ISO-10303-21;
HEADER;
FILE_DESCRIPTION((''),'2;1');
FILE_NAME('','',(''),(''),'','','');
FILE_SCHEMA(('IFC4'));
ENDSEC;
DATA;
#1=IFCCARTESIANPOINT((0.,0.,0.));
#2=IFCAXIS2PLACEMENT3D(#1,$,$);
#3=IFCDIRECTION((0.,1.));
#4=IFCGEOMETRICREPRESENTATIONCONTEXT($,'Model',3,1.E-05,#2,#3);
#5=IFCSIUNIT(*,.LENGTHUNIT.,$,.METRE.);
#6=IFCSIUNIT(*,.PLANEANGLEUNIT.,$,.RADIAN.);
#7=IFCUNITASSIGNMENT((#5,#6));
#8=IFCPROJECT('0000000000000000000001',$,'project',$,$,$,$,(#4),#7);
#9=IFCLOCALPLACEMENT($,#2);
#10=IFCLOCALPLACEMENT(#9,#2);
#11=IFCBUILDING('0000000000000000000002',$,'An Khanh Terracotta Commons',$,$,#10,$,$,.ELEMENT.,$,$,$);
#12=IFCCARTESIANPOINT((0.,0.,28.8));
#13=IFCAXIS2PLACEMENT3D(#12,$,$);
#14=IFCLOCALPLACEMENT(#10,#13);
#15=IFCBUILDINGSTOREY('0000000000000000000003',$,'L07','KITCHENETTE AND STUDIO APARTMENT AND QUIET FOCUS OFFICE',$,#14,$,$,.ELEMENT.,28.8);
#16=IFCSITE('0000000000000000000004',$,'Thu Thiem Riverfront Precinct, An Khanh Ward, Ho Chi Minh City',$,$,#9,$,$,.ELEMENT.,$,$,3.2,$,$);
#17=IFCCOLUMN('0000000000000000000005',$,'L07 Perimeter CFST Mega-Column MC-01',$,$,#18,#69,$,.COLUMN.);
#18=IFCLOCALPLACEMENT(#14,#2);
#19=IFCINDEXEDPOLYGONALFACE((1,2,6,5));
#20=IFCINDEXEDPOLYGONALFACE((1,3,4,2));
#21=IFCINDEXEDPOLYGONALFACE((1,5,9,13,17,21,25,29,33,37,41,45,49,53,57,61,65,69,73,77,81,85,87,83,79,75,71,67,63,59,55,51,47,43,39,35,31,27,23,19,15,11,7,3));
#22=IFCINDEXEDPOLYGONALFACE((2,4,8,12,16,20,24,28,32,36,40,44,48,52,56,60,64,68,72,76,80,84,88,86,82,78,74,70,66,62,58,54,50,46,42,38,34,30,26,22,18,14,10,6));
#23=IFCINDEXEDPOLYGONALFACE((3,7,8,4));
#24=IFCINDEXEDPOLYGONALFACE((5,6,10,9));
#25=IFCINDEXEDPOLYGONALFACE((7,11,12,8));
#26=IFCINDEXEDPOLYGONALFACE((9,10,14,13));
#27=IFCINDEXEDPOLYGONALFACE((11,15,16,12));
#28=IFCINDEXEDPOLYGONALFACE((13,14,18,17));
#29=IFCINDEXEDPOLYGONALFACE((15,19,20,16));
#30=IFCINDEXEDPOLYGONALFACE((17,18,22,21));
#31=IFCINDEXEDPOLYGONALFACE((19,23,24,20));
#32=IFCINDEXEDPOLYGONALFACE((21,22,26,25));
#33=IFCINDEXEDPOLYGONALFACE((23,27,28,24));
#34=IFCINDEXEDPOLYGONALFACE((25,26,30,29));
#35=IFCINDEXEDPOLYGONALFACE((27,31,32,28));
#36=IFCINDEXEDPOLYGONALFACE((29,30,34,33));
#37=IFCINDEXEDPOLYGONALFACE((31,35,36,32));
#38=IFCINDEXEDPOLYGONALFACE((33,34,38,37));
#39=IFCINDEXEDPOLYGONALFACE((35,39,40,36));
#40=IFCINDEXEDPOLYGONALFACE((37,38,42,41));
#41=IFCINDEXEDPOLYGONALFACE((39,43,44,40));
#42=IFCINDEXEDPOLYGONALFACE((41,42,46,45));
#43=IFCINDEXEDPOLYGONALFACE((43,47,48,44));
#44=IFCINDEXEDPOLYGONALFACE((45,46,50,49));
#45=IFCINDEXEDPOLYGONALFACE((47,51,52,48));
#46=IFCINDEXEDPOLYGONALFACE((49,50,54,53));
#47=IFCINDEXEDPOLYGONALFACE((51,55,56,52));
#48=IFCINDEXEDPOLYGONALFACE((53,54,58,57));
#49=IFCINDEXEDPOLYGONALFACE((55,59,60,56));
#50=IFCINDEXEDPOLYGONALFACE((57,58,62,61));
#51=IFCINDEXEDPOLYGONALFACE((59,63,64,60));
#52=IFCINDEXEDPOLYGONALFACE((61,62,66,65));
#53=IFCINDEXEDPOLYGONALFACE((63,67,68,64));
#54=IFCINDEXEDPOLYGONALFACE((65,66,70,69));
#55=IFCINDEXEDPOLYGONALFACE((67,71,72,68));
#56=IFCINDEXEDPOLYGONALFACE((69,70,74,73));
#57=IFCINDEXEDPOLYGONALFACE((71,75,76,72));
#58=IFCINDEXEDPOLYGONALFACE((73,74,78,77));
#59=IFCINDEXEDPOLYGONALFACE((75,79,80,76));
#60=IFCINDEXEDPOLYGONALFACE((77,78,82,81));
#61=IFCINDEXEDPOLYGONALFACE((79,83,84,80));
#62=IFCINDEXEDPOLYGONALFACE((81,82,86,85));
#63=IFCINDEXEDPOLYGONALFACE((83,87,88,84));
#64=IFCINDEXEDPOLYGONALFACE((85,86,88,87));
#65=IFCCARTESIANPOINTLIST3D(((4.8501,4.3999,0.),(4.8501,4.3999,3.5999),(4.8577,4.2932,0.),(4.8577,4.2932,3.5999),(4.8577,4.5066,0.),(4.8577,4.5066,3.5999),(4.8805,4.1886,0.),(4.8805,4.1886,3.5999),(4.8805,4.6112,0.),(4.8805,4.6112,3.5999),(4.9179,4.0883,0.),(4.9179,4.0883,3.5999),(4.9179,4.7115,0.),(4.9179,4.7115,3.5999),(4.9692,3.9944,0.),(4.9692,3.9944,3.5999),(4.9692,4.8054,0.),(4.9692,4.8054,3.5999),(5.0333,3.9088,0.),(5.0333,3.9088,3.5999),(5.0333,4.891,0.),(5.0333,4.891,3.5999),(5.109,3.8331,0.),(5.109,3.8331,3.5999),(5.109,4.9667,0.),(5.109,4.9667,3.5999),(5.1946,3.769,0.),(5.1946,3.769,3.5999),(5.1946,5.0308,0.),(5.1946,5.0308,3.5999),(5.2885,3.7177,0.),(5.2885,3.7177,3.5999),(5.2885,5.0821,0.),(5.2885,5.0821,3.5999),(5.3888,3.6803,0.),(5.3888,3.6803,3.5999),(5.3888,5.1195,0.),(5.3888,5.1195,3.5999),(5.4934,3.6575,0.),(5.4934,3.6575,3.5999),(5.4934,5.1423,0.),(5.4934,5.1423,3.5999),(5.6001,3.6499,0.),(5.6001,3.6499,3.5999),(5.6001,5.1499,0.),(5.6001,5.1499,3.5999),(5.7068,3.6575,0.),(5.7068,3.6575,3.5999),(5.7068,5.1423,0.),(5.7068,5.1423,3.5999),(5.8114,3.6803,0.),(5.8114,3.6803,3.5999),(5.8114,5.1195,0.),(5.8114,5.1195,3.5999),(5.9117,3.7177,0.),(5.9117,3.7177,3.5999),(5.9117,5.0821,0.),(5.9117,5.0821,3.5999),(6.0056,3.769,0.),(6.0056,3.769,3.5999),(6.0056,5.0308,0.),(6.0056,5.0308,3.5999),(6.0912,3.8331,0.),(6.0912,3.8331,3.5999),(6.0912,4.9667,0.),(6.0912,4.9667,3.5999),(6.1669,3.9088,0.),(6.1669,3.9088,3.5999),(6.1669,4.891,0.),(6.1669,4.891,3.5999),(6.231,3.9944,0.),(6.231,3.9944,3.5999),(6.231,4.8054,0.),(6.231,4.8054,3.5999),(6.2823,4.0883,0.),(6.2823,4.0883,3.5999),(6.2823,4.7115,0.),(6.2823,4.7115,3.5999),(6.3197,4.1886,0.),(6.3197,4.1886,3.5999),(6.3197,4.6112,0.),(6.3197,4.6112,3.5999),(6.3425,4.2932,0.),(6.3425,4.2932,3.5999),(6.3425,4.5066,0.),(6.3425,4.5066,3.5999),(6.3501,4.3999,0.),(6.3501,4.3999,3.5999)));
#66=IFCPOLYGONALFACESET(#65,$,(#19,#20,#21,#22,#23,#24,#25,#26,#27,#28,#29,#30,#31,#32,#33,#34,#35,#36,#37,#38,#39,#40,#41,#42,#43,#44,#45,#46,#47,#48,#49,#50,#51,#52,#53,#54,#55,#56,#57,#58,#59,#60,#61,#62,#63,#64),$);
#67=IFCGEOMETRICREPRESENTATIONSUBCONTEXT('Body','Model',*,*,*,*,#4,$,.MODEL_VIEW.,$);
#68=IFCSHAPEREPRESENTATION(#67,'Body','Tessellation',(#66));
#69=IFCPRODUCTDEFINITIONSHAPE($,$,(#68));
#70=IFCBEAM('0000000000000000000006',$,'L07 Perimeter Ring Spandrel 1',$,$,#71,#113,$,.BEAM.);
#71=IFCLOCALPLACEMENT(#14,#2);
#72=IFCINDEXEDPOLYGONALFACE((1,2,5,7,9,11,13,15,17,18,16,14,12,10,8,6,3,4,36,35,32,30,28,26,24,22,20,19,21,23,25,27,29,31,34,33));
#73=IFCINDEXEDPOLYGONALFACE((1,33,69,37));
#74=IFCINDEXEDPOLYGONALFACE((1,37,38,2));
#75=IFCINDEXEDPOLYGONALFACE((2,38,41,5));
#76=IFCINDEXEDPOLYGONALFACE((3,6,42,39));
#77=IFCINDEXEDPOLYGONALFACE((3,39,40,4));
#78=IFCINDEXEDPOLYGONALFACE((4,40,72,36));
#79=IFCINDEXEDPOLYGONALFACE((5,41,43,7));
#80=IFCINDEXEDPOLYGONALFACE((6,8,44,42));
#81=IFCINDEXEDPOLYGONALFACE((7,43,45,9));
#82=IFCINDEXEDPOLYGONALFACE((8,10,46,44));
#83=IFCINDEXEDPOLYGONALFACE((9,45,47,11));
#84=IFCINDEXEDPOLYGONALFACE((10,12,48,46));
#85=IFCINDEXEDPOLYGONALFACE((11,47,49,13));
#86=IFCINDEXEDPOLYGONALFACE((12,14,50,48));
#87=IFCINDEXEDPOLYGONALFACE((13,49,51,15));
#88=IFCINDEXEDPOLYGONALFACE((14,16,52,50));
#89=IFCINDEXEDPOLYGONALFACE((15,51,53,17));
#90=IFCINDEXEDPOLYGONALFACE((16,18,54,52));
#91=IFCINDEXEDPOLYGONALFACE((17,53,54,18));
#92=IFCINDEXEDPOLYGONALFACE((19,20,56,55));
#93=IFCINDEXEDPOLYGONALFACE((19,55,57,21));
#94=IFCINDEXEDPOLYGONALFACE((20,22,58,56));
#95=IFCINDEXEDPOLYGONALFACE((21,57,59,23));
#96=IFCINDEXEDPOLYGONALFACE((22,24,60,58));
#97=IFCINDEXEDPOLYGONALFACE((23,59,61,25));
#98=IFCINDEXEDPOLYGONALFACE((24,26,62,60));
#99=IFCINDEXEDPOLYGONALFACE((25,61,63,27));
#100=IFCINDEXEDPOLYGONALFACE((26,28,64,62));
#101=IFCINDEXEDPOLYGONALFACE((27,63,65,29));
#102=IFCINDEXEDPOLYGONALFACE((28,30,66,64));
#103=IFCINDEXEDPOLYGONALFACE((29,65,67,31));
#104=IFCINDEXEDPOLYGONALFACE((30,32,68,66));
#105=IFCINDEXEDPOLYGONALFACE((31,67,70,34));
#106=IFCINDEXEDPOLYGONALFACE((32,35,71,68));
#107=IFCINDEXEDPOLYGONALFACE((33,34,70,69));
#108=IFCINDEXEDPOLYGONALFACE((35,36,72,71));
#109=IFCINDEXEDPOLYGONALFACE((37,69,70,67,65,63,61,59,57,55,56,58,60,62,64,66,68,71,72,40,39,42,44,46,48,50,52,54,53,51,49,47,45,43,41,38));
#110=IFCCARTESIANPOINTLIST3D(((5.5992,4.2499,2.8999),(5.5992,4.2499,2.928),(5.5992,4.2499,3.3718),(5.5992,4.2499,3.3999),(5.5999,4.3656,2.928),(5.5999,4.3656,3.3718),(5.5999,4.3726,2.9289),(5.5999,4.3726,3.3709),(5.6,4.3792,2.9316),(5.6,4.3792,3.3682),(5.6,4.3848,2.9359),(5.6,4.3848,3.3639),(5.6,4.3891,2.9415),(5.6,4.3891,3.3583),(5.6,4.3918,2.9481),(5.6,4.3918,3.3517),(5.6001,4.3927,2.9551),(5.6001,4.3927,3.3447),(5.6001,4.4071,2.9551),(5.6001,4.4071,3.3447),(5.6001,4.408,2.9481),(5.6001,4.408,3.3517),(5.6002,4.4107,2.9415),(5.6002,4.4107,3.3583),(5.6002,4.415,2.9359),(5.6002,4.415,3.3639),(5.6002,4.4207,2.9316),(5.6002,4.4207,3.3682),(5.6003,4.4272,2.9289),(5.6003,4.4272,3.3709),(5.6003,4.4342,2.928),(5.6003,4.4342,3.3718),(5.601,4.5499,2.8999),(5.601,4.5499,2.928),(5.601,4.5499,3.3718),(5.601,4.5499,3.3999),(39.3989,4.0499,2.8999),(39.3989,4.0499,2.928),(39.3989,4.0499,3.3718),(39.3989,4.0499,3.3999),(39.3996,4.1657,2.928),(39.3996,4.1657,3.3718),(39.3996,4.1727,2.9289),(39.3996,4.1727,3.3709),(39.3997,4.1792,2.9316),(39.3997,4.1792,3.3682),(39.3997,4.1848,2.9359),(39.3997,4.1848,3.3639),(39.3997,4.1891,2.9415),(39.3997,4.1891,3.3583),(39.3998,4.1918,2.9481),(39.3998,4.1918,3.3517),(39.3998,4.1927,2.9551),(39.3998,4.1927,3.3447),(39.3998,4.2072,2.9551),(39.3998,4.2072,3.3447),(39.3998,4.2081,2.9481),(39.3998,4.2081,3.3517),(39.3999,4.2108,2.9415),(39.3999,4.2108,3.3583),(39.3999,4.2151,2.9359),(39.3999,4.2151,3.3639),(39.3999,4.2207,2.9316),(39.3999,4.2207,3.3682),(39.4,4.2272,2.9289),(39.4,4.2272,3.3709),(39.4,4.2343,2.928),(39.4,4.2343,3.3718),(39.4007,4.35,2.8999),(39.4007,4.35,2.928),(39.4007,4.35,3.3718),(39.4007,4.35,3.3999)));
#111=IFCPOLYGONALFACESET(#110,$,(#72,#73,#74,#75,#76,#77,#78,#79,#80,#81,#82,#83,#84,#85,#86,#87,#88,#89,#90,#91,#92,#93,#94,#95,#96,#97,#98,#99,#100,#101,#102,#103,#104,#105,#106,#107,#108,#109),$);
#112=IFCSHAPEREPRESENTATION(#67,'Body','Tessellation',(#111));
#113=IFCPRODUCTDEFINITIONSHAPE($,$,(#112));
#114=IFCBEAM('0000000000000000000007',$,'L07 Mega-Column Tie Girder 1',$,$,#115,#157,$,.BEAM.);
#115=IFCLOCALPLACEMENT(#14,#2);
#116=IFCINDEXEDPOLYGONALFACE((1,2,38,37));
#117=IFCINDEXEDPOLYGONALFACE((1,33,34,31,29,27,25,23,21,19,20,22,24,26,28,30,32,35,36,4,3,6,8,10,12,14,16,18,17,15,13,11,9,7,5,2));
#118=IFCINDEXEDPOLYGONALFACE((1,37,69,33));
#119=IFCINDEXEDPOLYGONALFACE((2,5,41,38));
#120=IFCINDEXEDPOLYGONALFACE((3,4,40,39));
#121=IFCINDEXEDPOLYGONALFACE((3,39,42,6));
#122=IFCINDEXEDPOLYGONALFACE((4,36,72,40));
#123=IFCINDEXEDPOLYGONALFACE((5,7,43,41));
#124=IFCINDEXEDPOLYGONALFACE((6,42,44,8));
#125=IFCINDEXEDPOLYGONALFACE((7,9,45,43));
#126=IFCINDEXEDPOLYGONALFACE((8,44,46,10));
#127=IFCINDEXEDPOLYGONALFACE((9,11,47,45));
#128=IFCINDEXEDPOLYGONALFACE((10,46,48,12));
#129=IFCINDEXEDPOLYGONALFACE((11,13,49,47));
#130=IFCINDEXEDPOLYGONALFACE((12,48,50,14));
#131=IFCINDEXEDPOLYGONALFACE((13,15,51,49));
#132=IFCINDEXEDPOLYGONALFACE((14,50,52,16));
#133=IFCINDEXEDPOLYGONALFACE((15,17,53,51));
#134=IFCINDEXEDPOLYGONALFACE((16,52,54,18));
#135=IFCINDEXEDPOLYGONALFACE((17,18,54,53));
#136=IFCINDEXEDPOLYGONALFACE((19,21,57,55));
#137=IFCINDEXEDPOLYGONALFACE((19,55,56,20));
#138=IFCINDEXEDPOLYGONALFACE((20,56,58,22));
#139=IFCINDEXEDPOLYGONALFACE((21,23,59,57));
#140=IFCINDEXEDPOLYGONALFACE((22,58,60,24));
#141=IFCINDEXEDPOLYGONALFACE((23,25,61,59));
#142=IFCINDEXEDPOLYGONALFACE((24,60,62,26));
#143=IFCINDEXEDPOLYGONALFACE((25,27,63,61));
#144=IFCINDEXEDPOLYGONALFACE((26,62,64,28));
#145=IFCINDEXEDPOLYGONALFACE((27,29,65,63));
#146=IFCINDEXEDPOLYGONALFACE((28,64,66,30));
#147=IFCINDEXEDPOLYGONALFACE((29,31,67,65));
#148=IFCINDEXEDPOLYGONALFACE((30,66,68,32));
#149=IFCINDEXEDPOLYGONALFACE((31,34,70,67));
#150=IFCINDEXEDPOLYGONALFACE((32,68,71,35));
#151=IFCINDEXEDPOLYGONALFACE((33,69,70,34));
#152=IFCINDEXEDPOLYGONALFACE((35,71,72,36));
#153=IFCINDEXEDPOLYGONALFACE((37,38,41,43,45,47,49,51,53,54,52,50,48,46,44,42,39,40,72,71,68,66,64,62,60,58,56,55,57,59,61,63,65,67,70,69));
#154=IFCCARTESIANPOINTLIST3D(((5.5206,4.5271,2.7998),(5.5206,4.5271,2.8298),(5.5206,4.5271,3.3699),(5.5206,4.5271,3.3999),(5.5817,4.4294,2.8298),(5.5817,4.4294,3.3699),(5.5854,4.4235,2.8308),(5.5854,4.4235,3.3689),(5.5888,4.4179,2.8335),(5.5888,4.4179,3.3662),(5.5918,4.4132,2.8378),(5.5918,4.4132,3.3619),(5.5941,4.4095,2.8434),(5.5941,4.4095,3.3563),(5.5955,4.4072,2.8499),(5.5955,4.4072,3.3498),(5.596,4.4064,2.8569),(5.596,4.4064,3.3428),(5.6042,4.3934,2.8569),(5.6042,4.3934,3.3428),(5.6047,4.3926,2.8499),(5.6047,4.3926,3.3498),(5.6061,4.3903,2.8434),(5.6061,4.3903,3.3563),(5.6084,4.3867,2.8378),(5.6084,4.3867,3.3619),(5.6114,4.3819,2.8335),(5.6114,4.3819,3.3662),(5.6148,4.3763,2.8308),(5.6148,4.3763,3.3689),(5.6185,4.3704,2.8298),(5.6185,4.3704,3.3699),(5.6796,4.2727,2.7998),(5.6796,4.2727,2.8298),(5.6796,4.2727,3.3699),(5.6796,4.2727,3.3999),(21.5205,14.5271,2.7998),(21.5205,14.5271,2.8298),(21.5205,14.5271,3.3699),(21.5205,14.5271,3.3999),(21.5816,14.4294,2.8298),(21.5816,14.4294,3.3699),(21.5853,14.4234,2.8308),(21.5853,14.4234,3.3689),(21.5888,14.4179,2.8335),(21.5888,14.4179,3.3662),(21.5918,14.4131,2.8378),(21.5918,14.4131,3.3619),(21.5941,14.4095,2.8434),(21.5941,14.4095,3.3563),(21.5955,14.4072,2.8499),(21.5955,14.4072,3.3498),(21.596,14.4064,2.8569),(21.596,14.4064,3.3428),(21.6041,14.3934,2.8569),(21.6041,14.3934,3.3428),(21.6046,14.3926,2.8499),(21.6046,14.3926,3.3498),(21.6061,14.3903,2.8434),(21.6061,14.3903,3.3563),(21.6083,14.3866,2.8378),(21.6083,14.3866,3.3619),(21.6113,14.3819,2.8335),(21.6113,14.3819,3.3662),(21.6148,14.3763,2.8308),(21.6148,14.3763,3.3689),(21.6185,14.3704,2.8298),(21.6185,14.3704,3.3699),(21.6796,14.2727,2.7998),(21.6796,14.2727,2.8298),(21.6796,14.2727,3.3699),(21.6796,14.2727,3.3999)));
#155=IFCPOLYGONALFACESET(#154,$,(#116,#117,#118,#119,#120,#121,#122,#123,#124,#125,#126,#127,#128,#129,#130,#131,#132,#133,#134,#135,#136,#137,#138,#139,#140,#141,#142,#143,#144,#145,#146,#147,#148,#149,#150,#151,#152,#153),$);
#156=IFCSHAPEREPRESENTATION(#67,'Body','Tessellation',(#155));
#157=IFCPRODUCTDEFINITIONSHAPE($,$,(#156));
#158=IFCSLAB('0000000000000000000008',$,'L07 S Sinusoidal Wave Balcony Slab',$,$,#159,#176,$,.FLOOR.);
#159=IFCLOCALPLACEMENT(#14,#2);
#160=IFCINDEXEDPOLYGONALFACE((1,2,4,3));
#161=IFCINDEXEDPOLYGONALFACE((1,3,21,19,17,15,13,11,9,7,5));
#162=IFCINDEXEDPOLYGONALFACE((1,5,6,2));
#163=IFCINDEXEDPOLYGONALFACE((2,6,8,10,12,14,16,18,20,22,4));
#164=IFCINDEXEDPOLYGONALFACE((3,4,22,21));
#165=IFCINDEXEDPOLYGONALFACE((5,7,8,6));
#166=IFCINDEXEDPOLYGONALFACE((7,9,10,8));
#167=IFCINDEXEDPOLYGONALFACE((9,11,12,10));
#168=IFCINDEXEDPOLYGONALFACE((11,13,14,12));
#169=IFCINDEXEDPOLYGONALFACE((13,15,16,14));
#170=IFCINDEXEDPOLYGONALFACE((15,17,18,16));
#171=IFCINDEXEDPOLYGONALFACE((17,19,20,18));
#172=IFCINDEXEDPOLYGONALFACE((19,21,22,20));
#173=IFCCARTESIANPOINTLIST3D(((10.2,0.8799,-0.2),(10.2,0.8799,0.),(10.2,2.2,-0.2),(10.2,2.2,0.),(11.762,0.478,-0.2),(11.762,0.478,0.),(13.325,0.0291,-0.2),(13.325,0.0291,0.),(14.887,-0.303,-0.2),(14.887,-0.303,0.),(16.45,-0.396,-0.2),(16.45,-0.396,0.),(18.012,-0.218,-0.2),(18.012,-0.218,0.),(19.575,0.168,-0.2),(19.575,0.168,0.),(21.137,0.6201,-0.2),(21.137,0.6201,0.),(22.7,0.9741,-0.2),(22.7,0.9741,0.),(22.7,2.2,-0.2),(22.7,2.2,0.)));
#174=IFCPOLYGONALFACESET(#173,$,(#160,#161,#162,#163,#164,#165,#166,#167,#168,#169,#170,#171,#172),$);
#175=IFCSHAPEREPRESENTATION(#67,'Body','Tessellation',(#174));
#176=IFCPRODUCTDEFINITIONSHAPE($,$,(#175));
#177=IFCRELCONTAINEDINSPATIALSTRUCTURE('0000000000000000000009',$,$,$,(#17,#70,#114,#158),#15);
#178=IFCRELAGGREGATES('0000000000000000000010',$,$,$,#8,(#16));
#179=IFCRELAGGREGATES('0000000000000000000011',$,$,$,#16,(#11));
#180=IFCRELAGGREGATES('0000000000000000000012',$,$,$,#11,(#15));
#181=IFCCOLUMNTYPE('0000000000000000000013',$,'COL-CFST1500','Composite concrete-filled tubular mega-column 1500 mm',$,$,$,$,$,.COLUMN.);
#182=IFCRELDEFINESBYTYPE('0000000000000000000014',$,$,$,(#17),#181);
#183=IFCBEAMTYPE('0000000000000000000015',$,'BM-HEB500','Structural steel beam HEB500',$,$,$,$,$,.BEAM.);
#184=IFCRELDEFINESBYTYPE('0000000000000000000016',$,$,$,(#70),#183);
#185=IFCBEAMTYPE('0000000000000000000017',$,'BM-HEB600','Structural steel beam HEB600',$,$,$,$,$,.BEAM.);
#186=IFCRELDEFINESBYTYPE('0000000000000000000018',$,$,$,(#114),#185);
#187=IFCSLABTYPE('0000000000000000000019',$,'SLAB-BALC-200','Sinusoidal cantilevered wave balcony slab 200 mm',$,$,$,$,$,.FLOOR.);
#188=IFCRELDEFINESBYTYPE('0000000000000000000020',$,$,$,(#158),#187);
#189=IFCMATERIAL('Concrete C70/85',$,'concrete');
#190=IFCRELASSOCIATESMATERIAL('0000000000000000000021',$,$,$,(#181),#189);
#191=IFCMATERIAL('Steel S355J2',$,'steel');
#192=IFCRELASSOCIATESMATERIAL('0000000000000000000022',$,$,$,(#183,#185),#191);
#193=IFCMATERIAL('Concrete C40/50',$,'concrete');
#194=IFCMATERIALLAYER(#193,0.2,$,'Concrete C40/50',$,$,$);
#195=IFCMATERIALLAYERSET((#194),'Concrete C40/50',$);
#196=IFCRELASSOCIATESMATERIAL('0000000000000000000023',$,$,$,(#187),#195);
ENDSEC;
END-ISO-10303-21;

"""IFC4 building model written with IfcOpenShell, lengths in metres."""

from ifc_helpers import new_model, si_unit, direction, frame, origin, origin_2d, place, context, subcontext, project, spatial, polyline, circle, i_section, outline, extrude, material, layer, layer_set, material_profile, profile_set, type_object, element, save


model = new_model("IFC4")

# Units and contexts
model_context = context("Model", 3, precision=1e-05, world=origin(), true_north=direction((0.0, 1.0)))
body_context = subcontext(model_context, "Body", "Model", "MODEL_VIEW")
ifc_project = project(units=[si_unit("LENGTHUNIT", "METRE"), si_unit("PLANEANGLEUNIT", "RADIAN")], contexts=[model_context])

# Site, building, storey
site_placement = place(None, origin())
site = spatial("IfcSite", under=ifc_project, at=site_placement, Name="Thu Thiem Riverfront Precinct, An Khanh Ward, Ho Chi Minh City", CompositionType="ELEMENT", RefElevation=3.2)
building_placement = place(site_placement, origin())
building = spatial("IfcBuilding", under=site, at=building_placement, Name="An Khanh Terracotta Commons", CompositionType="ELEMENT")
storey_placement = place(building_placement, frame((0.0, 0.0, 28.8)))
storey = spatial("IfcBuildingStorey", under=building, at=storey_placement, Name="L07", Description="KITCHENETTE AND STUDIO APARTMENT AND QUIET FOCUS OFFICE", CompositionType="ELEMENT", Elevation=28.8)

# Column
ifc_material_1 = material(Name="Concrete C70/85", Category="concrete")
ifc_material_profile_1 = material_profile(ifc_material_1, circle(Radius=0.75, at=origin_2d()), Name="CFST1500")
ifc_profile_set_1 = profile_set([ifc_material_profile_1], Name="Concrete C70/85")
column_type = type_object("IfcColumnType", Name="COL-CFST1500", Description="Composite concrete-filled tubular mega-column 1500 mm", PredefinedType="COLUMN", material=ifc_profile_set_1)
column_placement = place(storey_placement, frame((5.6001, 4.3999, 0.0), z_axis=(0.0, 0.0, 1.0), x_axis=(1.0, 0.0, 0.0)))
element("IfcColumn", 1, at=column_placement, inside=storey, type_object=column_type, Name="L07 Perimeter CFST Mega-Column MC-01", PredefinedType="COLUMN", context=body_context, shape_type="SweptSolid", body=[
    extrude(circle(Radius=0.75, at=origin_2d()), origin(), (0.0, 0.0, 1.0), 3.5999),
])

# Beams
ifc_material_2 = material(Name="Steel S355J2", Category="steel")
ifc_material_profile_2 = material_profile(ifc_material_2, i_section(OverallWidth=0.3, OverallDepth=0.5, WebThickness=0.0144, FlangeThickness=0.0281, FilletRadius=0.0271, at=origin_2d()), Name="HEB500")
ifc_profile_set_2 = profile_set([ifc_material_profile_2], Name="Steel S355J2")
beam_type_1 = type_object("IfcBeamType", Name="BM-HEB500", Description="Structural steel beam HEB500", PredefinedType="BEAM", material=ifc_profile_set_2)
beam_1_placement = place(storey_placement, frame((5.6001, 4.3999, 3.1499), z_axis=(0.999983, -0.005916, 0.0), x_axis=(0.005916, 0.999983, 0.0)))
element("IfcBeam", 2, at=beam_1_placement, inside=storey, type_object=beam_type_1, Name="L07 Perimeter Ring Spandrel 1", PredefinedType="BEAM", context=body_context, shape_type="SweptSolid", body=[
    extrude(i_section(OverallWidth=0.3, OverallDepth=0.5, WebThickness=0.0144, FlangeThickness=0.0281, FilletRadius=0.0271, at=origin_2d()), origin(), (0.0, 0.0, 1.0), 33.8003),
])
ifc_material_profile_3 = material_profile(ifc_material_2, i_section(OverallWidth=0.3, OverallDepth=0.6001, WebThickness=0.0154, FlangeThickness=0.03, FilletRadius=0.0271, at=origin_2d()), Name="HEB600")
ifc_profile_set_3 = profile_set([ifc_material_profile_3], Name="Steel S355J2")
beam_type_2 = type_object("IfcBeamType", Name="BM-HEB600", Description="Structural steel beam HEB600", PredefinedType="BEAM", material=ifc_profile_set_3)
beam_2_placement = place(storey_placement, frame((5.6001, 4.3999, 3.0999), z_axis=(0.847998, 0.529999, 0.0), x_axis=(-0.529999, 0.847998, 0.0)))
element("IfcBeam", 3, at=beam_2_placement, inside=storey, type_object=beam_type_2, Name="L07 Mega-Column Tie Girder 1", PredefinedType="BEAM", context=body_context, shape_type="SweptSolid", body=[
    extrude(i_section(OverallWidth=0.3, OverallDepth=0.6001, WebThickness=0.0154, FlangeThickness=0.03, FilletRadius=0.0271, at=origin_2d()), origin(), (0.0, 0.0, 1.0), 18.8679),
])

# Slab
ifc_material_3 = material(Name="Concrete C40/50", Category="concrete")
ifc_layer_1 = layer(ifc_material_3, 0.2, Name="Concrete C40/50")
ifc_layer_set_1 = layer_set([ifc_layer_1], Name="Concrete C40/50")
slab_type_1 = type_object("IfcSlabType", Name="SLAB-BALC-200", Description="Sinusoidal cantilevered wave balcony slab 200 mm", PredefinedType="FLOOR", material=ifc_layer_set_1)
slab_1_placement = place(storey_placement, frame((0.0, 0.0, -0.2)))
element("IfcSlab", 4, at=slab_1_placement, inside=storey, type_object=slab_type_1, Name="L07 S Sinusoidal Wave Balcony Slab", PredefinedType="FLOOR", context=body_context, shape_type="SweptSolid", body=[
    extrude(outline(polyline([(10.2, 2.2), (10.2, 0.8799), (11.762, 0.478), (13.325, 0.0291), (14.887, -0.303), (16.45, -0.396), (18.012, -0.218), (19.575, 0.168), (21.137, 0.6201), (22.7, 0.9741), (22.7, 2.2), (10.2, 2.2)])), origin(), (0.0, 0.0, 1.0), 0.2),
])

save(model, "model.ifc")
